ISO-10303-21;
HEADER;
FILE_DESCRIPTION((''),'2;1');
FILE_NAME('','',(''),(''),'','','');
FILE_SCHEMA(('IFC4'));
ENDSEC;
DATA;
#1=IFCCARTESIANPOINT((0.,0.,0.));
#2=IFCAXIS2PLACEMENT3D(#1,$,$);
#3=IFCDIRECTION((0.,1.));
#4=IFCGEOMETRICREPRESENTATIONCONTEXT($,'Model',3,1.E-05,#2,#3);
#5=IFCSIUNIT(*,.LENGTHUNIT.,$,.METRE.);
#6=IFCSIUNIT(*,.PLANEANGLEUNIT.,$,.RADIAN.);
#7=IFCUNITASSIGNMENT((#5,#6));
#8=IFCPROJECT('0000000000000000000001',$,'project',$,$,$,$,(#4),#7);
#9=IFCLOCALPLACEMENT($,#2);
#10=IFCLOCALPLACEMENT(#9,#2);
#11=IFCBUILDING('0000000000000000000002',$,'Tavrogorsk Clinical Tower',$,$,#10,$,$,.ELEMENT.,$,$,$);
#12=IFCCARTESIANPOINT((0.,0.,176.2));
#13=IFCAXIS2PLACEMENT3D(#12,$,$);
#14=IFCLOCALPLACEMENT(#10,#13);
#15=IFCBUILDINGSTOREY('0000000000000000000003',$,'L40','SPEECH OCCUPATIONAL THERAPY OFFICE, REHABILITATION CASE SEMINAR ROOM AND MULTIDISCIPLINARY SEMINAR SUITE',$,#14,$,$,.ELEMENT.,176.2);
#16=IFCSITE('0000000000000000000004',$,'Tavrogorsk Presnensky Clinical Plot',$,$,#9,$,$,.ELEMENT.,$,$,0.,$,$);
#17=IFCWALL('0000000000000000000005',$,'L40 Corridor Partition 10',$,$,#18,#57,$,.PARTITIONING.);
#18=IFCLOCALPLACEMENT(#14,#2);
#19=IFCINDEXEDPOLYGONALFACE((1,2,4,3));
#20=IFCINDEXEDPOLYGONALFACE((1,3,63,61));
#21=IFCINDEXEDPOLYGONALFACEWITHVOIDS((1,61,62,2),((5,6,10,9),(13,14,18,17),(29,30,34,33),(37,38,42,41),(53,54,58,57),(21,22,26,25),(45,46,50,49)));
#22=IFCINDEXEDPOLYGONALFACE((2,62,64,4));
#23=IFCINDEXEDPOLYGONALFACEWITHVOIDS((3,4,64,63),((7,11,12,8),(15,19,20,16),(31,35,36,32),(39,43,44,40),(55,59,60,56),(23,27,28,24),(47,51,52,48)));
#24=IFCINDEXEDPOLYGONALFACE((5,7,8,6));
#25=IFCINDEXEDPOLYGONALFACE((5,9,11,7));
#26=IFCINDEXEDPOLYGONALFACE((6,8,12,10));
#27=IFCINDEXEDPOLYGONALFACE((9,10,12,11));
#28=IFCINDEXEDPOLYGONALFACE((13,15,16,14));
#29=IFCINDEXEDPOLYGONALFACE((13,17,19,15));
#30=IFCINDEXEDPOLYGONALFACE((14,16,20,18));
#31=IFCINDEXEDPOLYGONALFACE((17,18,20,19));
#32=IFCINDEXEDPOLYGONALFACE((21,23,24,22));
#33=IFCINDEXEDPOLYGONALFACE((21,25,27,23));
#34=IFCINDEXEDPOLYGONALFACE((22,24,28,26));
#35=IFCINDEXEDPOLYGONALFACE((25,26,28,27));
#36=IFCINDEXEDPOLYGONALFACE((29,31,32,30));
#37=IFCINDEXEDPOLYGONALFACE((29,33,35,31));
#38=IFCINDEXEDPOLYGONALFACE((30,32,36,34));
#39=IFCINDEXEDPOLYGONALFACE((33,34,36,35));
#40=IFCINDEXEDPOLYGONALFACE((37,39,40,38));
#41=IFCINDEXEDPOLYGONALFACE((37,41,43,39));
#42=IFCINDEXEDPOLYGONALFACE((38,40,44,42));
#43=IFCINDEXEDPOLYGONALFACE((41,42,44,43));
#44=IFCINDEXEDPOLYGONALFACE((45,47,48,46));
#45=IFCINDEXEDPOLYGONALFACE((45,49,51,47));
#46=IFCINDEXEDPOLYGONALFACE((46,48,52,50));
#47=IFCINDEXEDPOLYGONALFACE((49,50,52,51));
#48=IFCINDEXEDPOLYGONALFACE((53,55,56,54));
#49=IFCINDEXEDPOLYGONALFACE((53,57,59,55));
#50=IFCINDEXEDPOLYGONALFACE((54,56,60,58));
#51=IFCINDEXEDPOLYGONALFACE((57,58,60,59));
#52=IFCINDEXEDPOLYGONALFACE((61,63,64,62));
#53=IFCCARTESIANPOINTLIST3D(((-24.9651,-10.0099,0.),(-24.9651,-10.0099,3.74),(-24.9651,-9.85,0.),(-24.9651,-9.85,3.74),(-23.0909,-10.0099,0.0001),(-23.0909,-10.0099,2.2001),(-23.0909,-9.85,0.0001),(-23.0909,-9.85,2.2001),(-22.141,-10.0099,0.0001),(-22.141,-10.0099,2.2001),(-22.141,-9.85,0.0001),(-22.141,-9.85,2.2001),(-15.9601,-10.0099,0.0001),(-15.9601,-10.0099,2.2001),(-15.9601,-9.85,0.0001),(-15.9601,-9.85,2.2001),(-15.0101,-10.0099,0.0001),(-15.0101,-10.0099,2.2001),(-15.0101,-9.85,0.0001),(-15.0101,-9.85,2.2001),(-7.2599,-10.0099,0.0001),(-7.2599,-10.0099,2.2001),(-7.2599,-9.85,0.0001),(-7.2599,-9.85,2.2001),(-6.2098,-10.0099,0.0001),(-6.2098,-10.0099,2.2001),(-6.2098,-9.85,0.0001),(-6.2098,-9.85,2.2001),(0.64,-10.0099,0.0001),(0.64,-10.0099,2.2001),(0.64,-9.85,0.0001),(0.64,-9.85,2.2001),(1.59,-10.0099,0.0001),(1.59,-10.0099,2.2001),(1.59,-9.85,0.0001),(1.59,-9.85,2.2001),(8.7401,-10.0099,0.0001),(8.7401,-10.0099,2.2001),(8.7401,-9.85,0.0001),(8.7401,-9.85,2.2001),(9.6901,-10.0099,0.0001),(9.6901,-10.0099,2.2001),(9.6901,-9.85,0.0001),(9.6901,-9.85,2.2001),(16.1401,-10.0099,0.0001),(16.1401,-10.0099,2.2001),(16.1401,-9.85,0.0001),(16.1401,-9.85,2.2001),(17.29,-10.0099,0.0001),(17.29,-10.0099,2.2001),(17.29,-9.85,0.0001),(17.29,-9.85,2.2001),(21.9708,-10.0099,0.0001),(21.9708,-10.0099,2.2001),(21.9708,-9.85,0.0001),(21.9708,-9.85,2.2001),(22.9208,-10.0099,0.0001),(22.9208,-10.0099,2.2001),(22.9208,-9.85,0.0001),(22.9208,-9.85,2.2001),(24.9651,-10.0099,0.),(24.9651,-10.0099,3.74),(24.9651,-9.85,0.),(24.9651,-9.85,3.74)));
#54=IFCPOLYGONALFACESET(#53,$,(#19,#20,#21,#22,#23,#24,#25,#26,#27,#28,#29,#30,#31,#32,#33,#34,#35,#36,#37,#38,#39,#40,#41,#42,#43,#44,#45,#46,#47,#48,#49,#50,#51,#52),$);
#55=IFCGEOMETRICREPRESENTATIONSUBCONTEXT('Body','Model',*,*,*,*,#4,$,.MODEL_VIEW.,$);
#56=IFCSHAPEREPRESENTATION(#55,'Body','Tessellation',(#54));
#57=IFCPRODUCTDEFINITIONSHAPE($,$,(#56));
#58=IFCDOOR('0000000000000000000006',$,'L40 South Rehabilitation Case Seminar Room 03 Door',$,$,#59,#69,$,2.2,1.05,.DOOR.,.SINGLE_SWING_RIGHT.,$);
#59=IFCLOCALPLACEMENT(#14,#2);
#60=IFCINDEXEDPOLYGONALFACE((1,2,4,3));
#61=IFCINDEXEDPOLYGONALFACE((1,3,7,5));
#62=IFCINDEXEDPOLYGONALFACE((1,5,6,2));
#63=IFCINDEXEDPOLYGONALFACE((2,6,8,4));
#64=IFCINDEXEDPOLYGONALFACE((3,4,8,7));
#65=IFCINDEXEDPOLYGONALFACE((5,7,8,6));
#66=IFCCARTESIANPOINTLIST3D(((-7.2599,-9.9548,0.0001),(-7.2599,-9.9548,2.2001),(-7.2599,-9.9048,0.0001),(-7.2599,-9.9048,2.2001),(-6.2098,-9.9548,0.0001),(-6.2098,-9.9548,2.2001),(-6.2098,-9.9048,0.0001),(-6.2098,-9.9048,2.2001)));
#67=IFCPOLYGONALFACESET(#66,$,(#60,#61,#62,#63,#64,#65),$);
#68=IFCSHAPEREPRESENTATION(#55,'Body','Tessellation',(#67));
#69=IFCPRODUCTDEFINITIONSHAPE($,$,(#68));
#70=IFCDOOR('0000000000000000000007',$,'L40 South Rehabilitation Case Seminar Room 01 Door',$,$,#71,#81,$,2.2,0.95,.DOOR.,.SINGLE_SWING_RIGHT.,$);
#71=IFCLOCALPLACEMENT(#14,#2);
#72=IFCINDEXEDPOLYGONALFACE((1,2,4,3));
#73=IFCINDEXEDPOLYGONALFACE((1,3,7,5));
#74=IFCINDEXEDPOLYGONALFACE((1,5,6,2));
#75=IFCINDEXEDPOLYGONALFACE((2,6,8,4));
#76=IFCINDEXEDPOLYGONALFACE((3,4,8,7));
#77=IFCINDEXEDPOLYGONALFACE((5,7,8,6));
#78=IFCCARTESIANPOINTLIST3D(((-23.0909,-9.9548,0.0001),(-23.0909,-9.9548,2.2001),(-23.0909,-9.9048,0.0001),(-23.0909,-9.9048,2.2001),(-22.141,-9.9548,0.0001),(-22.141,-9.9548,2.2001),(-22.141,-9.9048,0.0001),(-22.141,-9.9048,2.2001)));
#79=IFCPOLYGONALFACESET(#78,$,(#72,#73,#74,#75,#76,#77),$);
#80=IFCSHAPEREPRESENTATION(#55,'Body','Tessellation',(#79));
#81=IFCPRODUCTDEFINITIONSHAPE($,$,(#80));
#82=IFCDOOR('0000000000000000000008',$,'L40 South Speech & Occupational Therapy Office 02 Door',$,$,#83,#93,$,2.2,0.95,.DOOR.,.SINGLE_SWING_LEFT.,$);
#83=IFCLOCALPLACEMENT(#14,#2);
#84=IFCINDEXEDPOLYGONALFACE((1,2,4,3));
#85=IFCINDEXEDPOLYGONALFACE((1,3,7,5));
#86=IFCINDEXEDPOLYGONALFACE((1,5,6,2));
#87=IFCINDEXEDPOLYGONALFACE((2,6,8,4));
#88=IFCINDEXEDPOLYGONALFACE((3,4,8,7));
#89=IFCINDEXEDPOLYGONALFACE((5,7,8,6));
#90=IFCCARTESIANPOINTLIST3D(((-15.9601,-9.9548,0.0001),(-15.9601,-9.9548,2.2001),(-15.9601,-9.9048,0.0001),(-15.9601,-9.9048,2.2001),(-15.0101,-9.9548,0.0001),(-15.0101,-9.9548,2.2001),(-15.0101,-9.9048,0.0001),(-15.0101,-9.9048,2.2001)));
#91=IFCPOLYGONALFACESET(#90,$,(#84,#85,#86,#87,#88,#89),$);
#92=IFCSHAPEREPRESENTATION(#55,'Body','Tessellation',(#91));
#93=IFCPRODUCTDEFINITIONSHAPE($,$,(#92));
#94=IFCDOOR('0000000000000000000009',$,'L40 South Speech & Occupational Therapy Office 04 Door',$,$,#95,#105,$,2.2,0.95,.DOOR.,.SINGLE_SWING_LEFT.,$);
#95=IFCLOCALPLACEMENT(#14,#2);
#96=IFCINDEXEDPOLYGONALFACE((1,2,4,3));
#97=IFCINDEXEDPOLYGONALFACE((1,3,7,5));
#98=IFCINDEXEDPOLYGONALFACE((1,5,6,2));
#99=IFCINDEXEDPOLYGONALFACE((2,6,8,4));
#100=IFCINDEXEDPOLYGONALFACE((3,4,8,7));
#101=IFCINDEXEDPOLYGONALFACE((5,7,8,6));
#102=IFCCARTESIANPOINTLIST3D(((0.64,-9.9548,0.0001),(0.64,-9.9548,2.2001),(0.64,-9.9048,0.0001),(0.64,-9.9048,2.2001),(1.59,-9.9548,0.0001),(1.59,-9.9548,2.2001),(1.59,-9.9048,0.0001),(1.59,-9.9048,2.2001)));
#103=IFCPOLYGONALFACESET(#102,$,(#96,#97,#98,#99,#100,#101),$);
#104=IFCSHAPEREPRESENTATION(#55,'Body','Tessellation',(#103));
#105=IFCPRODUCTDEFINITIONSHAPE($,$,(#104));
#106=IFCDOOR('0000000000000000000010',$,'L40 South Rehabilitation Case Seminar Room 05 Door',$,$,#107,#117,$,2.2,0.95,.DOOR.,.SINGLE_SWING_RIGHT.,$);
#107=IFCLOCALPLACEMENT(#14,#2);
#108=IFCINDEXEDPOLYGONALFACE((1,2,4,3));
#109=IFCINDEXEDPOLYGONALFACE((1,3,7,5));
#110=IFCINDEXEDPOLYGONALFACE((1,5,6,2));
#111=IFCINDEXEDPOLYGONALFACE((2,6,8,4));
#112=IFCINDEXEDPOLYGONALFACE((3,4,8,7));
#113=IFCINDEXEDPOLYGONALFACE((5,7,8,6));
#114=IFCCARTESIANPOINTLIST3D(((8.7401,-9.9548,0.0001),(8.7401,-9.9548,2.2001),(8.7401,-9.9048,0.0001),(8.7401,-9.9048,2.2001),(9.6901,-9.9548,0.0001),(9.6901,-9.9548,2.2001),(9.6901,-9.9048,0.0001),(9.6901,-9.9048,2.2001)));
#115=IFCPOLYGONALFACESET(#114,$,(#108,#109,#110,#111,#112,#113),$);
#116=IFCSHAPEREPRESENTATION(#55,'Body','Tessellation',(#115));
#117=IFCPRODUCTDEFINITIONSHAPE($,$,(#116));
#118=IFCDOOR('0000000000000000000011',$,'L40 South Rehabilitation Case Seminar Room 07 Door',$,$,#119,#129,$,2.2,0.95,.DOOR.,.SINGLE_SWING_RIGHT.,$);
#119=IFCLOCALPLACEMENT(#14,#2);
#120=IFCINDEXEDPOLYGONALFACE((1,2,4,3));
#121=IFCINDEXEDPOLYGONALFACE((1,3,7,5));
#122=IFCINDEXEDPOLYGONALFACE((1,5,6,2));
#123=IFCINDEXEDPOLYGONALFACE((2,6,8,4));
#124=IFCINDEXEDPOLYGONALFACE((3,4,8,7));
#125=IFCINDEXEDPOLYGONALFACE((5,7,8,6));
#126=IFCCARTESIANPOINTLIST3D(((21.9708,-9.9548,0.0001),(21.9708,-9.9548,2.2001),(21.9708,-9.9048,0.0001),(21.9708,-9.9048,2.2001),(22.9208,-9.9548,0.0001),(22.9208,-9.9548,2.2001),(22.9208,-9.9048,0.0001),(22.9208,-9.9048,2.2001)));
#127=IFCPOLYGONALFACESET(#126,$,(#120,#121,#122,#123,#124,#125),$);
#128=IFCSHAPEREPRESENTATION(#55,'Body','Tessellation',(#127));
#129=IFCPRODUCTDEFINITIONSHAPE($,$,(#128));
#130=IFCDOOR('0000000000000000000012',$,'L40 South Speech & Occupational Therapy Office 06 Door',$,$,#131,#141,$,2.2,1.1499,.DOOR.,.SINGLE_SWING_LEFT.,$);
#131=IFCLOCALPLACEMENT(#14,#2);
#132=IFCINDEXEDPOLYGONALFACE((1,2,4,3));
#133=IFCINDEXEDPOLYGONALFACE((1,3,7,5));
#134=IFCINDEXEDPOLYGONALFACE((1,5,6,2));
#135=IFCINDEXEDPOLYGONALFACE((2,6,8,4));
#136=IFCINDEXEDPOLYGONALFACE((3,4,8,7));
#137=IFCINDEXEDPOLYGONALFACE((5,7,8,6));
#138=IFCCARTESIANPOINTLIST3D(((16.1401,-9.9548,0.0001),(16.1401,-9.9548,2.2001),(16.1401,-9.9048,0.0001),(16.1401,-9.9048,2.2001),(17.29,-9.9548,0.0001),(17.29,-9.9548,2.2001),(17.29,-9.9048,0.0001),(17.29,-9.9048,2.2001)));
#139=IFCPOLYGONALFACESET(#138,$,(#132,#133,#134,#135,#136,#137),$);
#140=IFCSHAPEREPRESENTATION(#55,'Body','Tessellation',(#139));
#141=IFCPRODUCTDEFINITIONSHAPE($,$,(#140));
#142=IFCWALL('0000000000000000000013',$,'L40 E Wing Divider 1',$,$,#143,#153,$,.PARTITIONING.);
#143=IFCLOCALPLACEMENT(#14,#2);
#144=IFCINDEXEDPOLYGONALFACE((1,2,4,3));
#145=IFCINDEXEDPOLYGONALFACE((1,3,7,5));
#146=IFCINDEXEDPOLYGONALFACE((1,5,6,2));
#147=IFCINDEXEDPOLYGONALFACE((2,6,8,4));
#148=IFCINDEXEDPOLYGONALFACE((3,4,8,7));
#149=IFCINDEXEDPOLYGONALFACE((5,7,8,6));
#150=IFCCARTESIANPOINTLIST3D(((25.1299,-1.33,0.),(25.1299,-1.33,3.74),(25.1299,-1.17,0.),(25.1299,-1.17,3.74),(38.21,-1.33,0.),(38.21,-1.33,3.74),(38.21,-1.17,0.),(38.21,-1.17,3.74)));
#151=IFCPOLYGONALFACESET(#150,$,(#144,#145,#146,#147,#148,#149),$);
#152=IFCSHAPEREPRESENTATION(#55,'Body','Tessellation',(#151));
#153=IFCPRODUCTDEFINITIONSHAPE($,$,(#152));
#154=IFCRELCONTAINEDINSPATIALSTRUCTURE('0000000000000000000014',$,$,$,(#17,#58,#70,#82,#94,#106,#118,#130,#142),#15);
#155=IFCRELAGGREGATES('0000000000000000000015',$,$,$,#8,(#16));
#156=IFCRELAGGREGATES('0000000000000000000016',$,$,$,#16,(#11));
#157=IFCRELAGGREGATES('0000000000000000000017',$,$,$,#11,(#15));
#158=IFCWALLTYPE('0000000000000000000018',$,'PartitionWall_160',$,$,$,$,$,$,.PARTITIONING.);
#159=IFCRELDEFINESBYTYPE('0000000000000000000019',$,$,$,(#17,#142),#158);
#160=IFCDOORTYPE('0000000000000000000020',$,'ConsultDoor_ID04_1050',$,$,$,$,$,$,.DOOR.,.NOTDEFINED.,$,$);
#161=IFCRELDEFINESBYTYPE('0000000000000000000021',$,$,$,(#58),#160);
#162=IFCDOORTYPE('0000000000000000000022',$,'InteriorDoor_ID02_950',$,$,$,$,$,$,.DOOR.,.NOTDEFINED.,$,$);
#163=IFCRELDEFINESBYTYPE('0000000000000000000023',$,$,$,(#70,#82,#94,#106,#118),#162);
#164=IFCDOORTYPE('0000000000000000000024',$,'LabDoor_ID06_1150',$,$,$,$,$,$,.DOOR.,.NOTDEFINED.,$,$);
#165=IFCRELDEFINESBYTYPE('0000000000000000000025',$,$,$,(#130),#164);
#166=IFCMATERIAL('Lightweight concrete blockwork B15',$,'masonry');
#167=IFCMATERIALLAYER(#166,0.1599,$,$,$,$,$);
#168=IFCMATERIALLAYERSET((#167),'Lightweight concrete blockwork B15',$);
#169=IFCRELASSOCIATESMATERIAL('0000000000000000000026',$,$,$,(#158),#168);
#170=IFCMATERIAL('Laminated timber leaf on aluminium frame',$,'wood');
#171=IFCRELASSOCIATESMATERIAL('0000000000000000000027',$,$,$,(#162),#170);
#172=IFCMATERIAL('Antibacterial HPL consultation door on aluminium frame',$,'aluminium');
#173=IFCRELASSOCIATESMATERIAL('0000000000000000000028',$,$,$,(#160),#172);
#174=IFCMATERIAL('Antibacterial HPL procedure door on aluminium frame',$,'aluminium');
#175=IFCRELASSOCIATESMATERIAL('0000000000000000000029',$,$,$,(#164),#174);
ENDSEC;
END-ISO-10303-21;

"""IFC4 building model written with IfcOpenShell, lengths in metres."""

from ifc_helpers import new_model, si_unit, direction, frame, frame_2d, origin, place, context, subcontext, project, spatial, rectangle, extrude, material, layer, layer_set, type_object, element, fill, save


model = new_model("IFC4")

# Units and contexts
model_context = context("Model", 3, precision=1e-05, world=origin(), true_north=direction((0.0, 1.0)))
body_context = subcontext(model_context, "Body", "Model", "MODEL_VIEW")
ifc_project = project(units=[si_unit("LENGTHUNIT", "METRE"), si_unit("PLANEANGLEUNIT", "RADIAN")], contexts=[model_context])

# Site, building, storey
site_placement = place(None, origin())
site = spatial("IfcSite", under=ifc_project, at=site_placement, Name="Tavrogorsk Presnensky Clinical Plot", CompositionType="ELEMENT", RefElevation=0.0)
building_placement = place(site_placement, origin())
building = spatial("IfcBuilding", under=site, at=building_placement, Name="Tavrogorsk Clinical Tower", CompositionType="ELEMENT")
storey_placement = place(building_placement, frame((0.0, 0.0, 176.2)))
storey = spatial("IfcBuildingStorey", under=building, at=storey_placement, Name="L40", Description="SPEECH OCCUPATIONAL THERAPY OFFICE, REHABILITATION CASE SEMINAR ROOM AND MULTIDISCIPLINARY SEMINAR SUITE", CompositionType="ELEMENT", Elevation=176.2)

# Shared definitions
ifc_material_1 = material(Name="Lightweight concrete blockwork B15", Category="masonry")
ifc_layer_1 = layer(ifc_material_1, 0.1599)
ifc_layer_set_1 = layer_set([ifc_layer_1], Name="Lightweight concrete blockwork B15")
wall_type_1 = type_object("IfcWallType", Name="PartitionWall_160", PredefinedType="PARTITIONING", material=ifc_layer_set_1)
ifc_material_2 = material(Name="Laminated timber leaf on aluminium frame", Category="wood")
door_type_1 = type_object("IfcDoorType", Name="InteriorDoor_ID02_950", OperationType="NOTDEFINED", PredefinedType="DOOR", material=ifc_material_2)

# Wall, openings, doors
wall_1_placement = place(storey_placement, frame((24.9651, -9.9299, 0.0), z_axis=(0.0, 0.0, 1.0), x_axis=(-1.0, 0.0, 0.0)))
wall_1 = element("IfcWall", 1, at=wall_1_placement, inside=storey, type_object=wall_type_1, Name="L40 Corridor Partition 10", PredefinedType="PARTITIONING", context=body_context, shape_type="SweptSolid", body=[
    extrude(rectangle(XDim=49.9302, YDim=0.1599, at=frame_2d((24.9651, 0.0))), origin(), (0.0, 0.0, 1.0), 3.74),
])
opening_1_placement = place(wall_1_placement, frame((47.106, 0.0, 0.0)))
opening_1 = element("IfcOpeningElement", 2, at=opening_1_placement, cuts=wall_1, PredefinedType="OPENING", context=body_context, shape_type="SweptSolid", body=[
    extrude(rectangle(XDim=0.95, YDim=2.2, at=frame_2d((0.4751, 1.1001))), frame((0.0, 0.0898, 0.0), z_axis=(0.0, -1.0, 0.0), x_axis=(1.0, 0.0, 0.0)), (0.0, 0.0, 1.0), 0.1799),
])
opening_2_placement = place(wall_1_placement, frame((39.9751, 0.0, 0.0)))
opening_2 = element("IfcOpeningElement", 3, at=opening_2_placement, cuts=wall_1, PredefinedType="OPENING", context=body_context, shape_type="SweptSolid", body=[
    extrude(rectangle(XDim=0.95, YDim=2.2, at=frame_2d((0.4751, 1.1001))), frame((0.0, 0.0898, 0.0), z_axis=(0.0, -1.0, 0.0), x_axis=(1.0, 0.0, 0.0)), (0.0, 0.0, 1.0), 0.1799),
])
opening_3_placement = place(wall_1_placement, frame((31.175, 0.0, 0.0)))
opening_3 = element("IfcOpeningElement", 4, at=opening_3_placement, cuts=wall_1, PredefinedType="OPENING", context=body_context, shape_type="SweptSolid", body=[
    extrude(rectangle(XDim=1.05, YDim=2.2, at=frame_2d((0.5249, 1.1001))), frame((0.0, 0.0898, 0.0), z_axis=(0.0, -1.0, 0.0), x_axis=(1.0, 0.0, 0.0)), (0.0, 0.0, 1.0), 0.1799),
])
opening_4_placement = place(wall_1_placement, frame((23.375, 0.0, 0.0)))
opening_4 = element("IfcOpeningElement", 5, at=opening_4_placement, cuts=wall_1, PredefinedType="OPENING", context=body_context, shape_type="SweptSolid", body=[
    extrude(rectangle(XDim=0.95, YDim=2.2, at=frame_2d((0.4751, 1.1001))), frame((0.0, 0.0898, 0.0), z_axis=(0.0, -1.0, 0.0), x_axis=(1.0, 0.0, 0.0)), (0.0, 0.0, 1.0), 0.1799),
])
opening_5_placement = place(wall_1_placement, frame((15.2749, 0.0, 0.0)))
opening_5 = element("IfcOpeningElement", 6, at=opening_5_placement, cuts=wall_1, PredefinedType="OPENING", context=body_context, shape_type="SweptSolid", body=[
    extrude(rectangle(XDim=0.95, YDim=2.2, at=frame_2d((0.4751, 1.1001))), frame((0.0, 0.0898, 0.0), z_axis=(0.0, -1.0, 0.0), x_axis=(1.0, 0.0, 0.0)), (0.0, 0.0, 1.0), 0.1799),
])
opening_6_placement = place(wall_1_placement, frame((7.675, 0.0, 0.0)))
opening_6 = element("IfcOpeningElement", 7, at=opening_6_placement, cuts=wall_1, PredefinedType="OPENING", context=body_context, shape_type="SweptSolid", body=[
    extrude(rectangle(XDim=1.1499, YDim=2.2, at=frame_2d((0.575, 1.1001))), frame((0.0, 0.0898, 0.0), z_axis=(0.0, -1.0, 0.0), x_axis=(1.0, 0.0, 0.0)), (0.0, 0.0, 1.0), 0.1799),
])
opening_7_placement = place(wall_1_placement, frame((2.0442, 0.0, 0.0)))
opening_7 = element("IfcOpeningElement", 8, at=opening_7_placement, cuts=wall_1, PredefinedType="OPENING", context=body_context, shape_type="SweptSolid", body=[
    extrude(rectangle(XDim=0.95, YDim=2.2, at=frame_2d((0.4751, 1.1001))), frame((0.0, 0.0898, 0.0), z_axis=(0.0, -1.0, 0.0), x_axis=(1.0, 0.0, 0.0)), (0.0, 0.0, 1.0), 0.1799),
])
ifc_material_3 = material(Name="Antibacterial HPL consultation door on aluminium frame", Category="aluminium")
door_type_2 = type_object("IfcDoorType", Name="ConsultDoor_ID04_1050", OperationType="NOTDEFINED", PredefinedType="DOOR", material=ifc_material_3)
door_1_placement = place(opening_3_placement, origin())
door_1 = element("IfcDoor", 9, at=door_1_placement, inside=storey, type_object=door_type_2, Name="L40 South Rehabilitation Case Seminar Room 03 Door", OperationType="SINGLE_SWING_RIGHT", OverallHeight=2.2, OverallWidth=1.05, PredefinedType="DOOR", context=body_context, shape_type="SweptSolid", body=[
    extrude(rectangle(XDim=1.05, YDim=2.2, at=frame_2d((0.5249, 1.1001))), frame((0.0, 0.0249, 0.0), z_axis=(0.0, -1.0, 0.0), x_axis=(1.0, 0.0, 0.0)), (0.0, 0.0, 1.0), 0.05),
])
fill(opening_3, door_1)
door_2_placement = place(opening_1_placement, origin())
door_2 = element("IfcDoor", 10, at=door_2_placement, inside=storey, type_object=door_type_1, Name="L40 South Rehabilitation Case Seminar Room 01 Door", OperationType="SINGLE_SWING_RIGHT", OverallHeight=2.2, OverallWidth=0.95, PredefinedType="DOOR", context=body_context, shape_type="SweptSolid", body=[
    extrude(rectangle(XDim=0.95, YDim=2.2, at=frame_2d((0.4751, 1.1001))), frame((0.0, 0.0249, 0.0), z_axis=(0.0, -1.0, 0.0), x_axis=(1.0, 0.0, 0.0)), (0.0, 0.0, 1.0), 0.05),
])
fill(opening_1, door_2)
door_3_placement = place(opening_2_placement, origin())
door_3 = element("IfcDoor", 11, at=door_3_placement, inside=storey, type_object=door_type_1, Name="L40 South Speech & Occupational Therapy Office 02 Door", OperationType="SINGLE_SWING_LEFT", OverallHeight=2.2, OverallWidth=0.95, PredefinedType="DOOR", context=body_context, shape_type="SweptSolid", body=[
    extrude(rectangle(XDim=0.95, YDim=2.2, at=frame_2d((0.4751, 1.1001))), frame((0.0, 0.0249, 0.0), z_axis=(0.0, -1.0, 0.0), x_axis=(1.0, 0.0, 0.0)), (0.0, 0.0, 1.0), 0.05),
])
fill(opening_2, door_3)
door_4_placement = place(opening_4_placement, origin())
door_4 = element("IfcDoor", 12, at=door_4_placement, inside=storey, type_object=door_type_1, Name="L40 South Speech & Occupational Therapy Office 04 Door", OperationType="SINGLE_SWING_LEFT", OverallHeight=2.2, OverallWidth=0.95, PredefinedType="DOOR", context=body_context, shape_type="SweptSolid", body=[
    extrude(rectangle(XDim=0.95, YDim=2.2, at=frame_2d((0.4751, 1.1001))), frame((0.0, 0.0249, 0.0), z_axis=(0.0, -1.0, 0.0), x_axis=(1.0, 0.0, 0.0)), (0.0, 0.0, 1.0), 0.05),
])
fill(opening_4, door_4)
door_5_placement = place(opening_5_placement, origin())
door_5 = element("IfcDoor", 13, at=door_5_placement, inside=storey, type_object=door_type_1, Name="L40 South Rehabilitation Case Seminar Room 05 Door", OperationType="SINGLE_SWING_RIGHT", OverallHeight=2.2, OverallWidth=0.95, PredefinedType="DOOR", context=body_context, shape_type="SweptSolid", body=[
    extrude(rectangle(XDim=0.95, YDim=2.2, at=frame_2d((0.4751, 1.1001))), frame((0.0, 0.0249, 0.0), z_axis=(0.0, -1.0, 0.0), x_axis=(1.0, 0.0, 0.0)), (0.0, 0.0, 1.0), 0.05),
])
fill(opening_5, door_5)
door_6_placement = place(opening_7_placement, origin())
door_6 = element("IfcDoor", 14, at=door_6_placement, inside=storey, type_object=door_type_1, Name="L40 South Rehabilitation Case Seminar Room 07 Door", OperationType="SINGLE_SWING_RIGHT", OverallHeight=2.2, OverallWidth=0.95, PredefinedType="DOOR", context=body_context, shape_type="SweptSolid", body=[
    extrude(rectangle(XDim=0.95, YDim=2.2, at=frame_2d((0.4751, 1.1001))), frame((0.0, 0.0249, 0.0), z_axis=(0.0, -1.0, 0.0), x_axis=(1.0, 0.0, 0.0)), (0.0, 0.0, 1.0), 0.05),
])
fill(opening_7, door_6)
ifc_material_4 = material(Name="Antibacterial HPL procedure door on aluminium frame", Category="aluminium")
door_type_3 = type_object("IfcDoorType", Name="LabDoor_ID06_1150", OperationType="NOTDEFINED", PredefinedType="DOOR", material=ifc_material_4)
door_7_placement = place(opening_6_placement, origin())
door_7 = element("IfcDoor", 15, at=door_7_placement, inside=storey, type_object=door_type_3, Name="L40 South Speech & Occupational Therapy Office 06 Door", OperationType="SINGLE_SWING_LEFT", OverallHeight=2.2, OverallWidth=1.1499, PredefinedType="DOOR", context=body_context, shape_type="SweptSolid", body=[
    extrude(rectangle(XDim=1.1499, YDim=2.2, at=frame_2d((0.575, 1.1001))), frame((0.0, 0.0249, 0.0), z_axis=(0.0, -1.0, 0.0), x_axis=(1.0, 0.0, 0.0)), (0.0, 0.0, 1.0), 0.05),
])
fill(opening_6, door_7)

# Wall
wall_2_placement = place(storey_placement, frame((25.1299, -1.25, 0.0), z_axis=(0.0, 0.0, 1.0), x_axis=(1.0, 0.0, 0.0)))
element("IfcWall", 16, at=wall_2_placement, inside=storey, type_object=wall_type_1, Name="L40 E Wing Divider 1", PredefinedType="PARTITIONING", context=body_context, shape_type="SweptSolid", body=[
    extrude(rectangle(XDim=13.0801, YDim=0.1599, at=frame_2d((6.54, 0.0))), origin(), (0.0, 0.0, 1.0), 3.74),
])

save(model, "model.ifc")
